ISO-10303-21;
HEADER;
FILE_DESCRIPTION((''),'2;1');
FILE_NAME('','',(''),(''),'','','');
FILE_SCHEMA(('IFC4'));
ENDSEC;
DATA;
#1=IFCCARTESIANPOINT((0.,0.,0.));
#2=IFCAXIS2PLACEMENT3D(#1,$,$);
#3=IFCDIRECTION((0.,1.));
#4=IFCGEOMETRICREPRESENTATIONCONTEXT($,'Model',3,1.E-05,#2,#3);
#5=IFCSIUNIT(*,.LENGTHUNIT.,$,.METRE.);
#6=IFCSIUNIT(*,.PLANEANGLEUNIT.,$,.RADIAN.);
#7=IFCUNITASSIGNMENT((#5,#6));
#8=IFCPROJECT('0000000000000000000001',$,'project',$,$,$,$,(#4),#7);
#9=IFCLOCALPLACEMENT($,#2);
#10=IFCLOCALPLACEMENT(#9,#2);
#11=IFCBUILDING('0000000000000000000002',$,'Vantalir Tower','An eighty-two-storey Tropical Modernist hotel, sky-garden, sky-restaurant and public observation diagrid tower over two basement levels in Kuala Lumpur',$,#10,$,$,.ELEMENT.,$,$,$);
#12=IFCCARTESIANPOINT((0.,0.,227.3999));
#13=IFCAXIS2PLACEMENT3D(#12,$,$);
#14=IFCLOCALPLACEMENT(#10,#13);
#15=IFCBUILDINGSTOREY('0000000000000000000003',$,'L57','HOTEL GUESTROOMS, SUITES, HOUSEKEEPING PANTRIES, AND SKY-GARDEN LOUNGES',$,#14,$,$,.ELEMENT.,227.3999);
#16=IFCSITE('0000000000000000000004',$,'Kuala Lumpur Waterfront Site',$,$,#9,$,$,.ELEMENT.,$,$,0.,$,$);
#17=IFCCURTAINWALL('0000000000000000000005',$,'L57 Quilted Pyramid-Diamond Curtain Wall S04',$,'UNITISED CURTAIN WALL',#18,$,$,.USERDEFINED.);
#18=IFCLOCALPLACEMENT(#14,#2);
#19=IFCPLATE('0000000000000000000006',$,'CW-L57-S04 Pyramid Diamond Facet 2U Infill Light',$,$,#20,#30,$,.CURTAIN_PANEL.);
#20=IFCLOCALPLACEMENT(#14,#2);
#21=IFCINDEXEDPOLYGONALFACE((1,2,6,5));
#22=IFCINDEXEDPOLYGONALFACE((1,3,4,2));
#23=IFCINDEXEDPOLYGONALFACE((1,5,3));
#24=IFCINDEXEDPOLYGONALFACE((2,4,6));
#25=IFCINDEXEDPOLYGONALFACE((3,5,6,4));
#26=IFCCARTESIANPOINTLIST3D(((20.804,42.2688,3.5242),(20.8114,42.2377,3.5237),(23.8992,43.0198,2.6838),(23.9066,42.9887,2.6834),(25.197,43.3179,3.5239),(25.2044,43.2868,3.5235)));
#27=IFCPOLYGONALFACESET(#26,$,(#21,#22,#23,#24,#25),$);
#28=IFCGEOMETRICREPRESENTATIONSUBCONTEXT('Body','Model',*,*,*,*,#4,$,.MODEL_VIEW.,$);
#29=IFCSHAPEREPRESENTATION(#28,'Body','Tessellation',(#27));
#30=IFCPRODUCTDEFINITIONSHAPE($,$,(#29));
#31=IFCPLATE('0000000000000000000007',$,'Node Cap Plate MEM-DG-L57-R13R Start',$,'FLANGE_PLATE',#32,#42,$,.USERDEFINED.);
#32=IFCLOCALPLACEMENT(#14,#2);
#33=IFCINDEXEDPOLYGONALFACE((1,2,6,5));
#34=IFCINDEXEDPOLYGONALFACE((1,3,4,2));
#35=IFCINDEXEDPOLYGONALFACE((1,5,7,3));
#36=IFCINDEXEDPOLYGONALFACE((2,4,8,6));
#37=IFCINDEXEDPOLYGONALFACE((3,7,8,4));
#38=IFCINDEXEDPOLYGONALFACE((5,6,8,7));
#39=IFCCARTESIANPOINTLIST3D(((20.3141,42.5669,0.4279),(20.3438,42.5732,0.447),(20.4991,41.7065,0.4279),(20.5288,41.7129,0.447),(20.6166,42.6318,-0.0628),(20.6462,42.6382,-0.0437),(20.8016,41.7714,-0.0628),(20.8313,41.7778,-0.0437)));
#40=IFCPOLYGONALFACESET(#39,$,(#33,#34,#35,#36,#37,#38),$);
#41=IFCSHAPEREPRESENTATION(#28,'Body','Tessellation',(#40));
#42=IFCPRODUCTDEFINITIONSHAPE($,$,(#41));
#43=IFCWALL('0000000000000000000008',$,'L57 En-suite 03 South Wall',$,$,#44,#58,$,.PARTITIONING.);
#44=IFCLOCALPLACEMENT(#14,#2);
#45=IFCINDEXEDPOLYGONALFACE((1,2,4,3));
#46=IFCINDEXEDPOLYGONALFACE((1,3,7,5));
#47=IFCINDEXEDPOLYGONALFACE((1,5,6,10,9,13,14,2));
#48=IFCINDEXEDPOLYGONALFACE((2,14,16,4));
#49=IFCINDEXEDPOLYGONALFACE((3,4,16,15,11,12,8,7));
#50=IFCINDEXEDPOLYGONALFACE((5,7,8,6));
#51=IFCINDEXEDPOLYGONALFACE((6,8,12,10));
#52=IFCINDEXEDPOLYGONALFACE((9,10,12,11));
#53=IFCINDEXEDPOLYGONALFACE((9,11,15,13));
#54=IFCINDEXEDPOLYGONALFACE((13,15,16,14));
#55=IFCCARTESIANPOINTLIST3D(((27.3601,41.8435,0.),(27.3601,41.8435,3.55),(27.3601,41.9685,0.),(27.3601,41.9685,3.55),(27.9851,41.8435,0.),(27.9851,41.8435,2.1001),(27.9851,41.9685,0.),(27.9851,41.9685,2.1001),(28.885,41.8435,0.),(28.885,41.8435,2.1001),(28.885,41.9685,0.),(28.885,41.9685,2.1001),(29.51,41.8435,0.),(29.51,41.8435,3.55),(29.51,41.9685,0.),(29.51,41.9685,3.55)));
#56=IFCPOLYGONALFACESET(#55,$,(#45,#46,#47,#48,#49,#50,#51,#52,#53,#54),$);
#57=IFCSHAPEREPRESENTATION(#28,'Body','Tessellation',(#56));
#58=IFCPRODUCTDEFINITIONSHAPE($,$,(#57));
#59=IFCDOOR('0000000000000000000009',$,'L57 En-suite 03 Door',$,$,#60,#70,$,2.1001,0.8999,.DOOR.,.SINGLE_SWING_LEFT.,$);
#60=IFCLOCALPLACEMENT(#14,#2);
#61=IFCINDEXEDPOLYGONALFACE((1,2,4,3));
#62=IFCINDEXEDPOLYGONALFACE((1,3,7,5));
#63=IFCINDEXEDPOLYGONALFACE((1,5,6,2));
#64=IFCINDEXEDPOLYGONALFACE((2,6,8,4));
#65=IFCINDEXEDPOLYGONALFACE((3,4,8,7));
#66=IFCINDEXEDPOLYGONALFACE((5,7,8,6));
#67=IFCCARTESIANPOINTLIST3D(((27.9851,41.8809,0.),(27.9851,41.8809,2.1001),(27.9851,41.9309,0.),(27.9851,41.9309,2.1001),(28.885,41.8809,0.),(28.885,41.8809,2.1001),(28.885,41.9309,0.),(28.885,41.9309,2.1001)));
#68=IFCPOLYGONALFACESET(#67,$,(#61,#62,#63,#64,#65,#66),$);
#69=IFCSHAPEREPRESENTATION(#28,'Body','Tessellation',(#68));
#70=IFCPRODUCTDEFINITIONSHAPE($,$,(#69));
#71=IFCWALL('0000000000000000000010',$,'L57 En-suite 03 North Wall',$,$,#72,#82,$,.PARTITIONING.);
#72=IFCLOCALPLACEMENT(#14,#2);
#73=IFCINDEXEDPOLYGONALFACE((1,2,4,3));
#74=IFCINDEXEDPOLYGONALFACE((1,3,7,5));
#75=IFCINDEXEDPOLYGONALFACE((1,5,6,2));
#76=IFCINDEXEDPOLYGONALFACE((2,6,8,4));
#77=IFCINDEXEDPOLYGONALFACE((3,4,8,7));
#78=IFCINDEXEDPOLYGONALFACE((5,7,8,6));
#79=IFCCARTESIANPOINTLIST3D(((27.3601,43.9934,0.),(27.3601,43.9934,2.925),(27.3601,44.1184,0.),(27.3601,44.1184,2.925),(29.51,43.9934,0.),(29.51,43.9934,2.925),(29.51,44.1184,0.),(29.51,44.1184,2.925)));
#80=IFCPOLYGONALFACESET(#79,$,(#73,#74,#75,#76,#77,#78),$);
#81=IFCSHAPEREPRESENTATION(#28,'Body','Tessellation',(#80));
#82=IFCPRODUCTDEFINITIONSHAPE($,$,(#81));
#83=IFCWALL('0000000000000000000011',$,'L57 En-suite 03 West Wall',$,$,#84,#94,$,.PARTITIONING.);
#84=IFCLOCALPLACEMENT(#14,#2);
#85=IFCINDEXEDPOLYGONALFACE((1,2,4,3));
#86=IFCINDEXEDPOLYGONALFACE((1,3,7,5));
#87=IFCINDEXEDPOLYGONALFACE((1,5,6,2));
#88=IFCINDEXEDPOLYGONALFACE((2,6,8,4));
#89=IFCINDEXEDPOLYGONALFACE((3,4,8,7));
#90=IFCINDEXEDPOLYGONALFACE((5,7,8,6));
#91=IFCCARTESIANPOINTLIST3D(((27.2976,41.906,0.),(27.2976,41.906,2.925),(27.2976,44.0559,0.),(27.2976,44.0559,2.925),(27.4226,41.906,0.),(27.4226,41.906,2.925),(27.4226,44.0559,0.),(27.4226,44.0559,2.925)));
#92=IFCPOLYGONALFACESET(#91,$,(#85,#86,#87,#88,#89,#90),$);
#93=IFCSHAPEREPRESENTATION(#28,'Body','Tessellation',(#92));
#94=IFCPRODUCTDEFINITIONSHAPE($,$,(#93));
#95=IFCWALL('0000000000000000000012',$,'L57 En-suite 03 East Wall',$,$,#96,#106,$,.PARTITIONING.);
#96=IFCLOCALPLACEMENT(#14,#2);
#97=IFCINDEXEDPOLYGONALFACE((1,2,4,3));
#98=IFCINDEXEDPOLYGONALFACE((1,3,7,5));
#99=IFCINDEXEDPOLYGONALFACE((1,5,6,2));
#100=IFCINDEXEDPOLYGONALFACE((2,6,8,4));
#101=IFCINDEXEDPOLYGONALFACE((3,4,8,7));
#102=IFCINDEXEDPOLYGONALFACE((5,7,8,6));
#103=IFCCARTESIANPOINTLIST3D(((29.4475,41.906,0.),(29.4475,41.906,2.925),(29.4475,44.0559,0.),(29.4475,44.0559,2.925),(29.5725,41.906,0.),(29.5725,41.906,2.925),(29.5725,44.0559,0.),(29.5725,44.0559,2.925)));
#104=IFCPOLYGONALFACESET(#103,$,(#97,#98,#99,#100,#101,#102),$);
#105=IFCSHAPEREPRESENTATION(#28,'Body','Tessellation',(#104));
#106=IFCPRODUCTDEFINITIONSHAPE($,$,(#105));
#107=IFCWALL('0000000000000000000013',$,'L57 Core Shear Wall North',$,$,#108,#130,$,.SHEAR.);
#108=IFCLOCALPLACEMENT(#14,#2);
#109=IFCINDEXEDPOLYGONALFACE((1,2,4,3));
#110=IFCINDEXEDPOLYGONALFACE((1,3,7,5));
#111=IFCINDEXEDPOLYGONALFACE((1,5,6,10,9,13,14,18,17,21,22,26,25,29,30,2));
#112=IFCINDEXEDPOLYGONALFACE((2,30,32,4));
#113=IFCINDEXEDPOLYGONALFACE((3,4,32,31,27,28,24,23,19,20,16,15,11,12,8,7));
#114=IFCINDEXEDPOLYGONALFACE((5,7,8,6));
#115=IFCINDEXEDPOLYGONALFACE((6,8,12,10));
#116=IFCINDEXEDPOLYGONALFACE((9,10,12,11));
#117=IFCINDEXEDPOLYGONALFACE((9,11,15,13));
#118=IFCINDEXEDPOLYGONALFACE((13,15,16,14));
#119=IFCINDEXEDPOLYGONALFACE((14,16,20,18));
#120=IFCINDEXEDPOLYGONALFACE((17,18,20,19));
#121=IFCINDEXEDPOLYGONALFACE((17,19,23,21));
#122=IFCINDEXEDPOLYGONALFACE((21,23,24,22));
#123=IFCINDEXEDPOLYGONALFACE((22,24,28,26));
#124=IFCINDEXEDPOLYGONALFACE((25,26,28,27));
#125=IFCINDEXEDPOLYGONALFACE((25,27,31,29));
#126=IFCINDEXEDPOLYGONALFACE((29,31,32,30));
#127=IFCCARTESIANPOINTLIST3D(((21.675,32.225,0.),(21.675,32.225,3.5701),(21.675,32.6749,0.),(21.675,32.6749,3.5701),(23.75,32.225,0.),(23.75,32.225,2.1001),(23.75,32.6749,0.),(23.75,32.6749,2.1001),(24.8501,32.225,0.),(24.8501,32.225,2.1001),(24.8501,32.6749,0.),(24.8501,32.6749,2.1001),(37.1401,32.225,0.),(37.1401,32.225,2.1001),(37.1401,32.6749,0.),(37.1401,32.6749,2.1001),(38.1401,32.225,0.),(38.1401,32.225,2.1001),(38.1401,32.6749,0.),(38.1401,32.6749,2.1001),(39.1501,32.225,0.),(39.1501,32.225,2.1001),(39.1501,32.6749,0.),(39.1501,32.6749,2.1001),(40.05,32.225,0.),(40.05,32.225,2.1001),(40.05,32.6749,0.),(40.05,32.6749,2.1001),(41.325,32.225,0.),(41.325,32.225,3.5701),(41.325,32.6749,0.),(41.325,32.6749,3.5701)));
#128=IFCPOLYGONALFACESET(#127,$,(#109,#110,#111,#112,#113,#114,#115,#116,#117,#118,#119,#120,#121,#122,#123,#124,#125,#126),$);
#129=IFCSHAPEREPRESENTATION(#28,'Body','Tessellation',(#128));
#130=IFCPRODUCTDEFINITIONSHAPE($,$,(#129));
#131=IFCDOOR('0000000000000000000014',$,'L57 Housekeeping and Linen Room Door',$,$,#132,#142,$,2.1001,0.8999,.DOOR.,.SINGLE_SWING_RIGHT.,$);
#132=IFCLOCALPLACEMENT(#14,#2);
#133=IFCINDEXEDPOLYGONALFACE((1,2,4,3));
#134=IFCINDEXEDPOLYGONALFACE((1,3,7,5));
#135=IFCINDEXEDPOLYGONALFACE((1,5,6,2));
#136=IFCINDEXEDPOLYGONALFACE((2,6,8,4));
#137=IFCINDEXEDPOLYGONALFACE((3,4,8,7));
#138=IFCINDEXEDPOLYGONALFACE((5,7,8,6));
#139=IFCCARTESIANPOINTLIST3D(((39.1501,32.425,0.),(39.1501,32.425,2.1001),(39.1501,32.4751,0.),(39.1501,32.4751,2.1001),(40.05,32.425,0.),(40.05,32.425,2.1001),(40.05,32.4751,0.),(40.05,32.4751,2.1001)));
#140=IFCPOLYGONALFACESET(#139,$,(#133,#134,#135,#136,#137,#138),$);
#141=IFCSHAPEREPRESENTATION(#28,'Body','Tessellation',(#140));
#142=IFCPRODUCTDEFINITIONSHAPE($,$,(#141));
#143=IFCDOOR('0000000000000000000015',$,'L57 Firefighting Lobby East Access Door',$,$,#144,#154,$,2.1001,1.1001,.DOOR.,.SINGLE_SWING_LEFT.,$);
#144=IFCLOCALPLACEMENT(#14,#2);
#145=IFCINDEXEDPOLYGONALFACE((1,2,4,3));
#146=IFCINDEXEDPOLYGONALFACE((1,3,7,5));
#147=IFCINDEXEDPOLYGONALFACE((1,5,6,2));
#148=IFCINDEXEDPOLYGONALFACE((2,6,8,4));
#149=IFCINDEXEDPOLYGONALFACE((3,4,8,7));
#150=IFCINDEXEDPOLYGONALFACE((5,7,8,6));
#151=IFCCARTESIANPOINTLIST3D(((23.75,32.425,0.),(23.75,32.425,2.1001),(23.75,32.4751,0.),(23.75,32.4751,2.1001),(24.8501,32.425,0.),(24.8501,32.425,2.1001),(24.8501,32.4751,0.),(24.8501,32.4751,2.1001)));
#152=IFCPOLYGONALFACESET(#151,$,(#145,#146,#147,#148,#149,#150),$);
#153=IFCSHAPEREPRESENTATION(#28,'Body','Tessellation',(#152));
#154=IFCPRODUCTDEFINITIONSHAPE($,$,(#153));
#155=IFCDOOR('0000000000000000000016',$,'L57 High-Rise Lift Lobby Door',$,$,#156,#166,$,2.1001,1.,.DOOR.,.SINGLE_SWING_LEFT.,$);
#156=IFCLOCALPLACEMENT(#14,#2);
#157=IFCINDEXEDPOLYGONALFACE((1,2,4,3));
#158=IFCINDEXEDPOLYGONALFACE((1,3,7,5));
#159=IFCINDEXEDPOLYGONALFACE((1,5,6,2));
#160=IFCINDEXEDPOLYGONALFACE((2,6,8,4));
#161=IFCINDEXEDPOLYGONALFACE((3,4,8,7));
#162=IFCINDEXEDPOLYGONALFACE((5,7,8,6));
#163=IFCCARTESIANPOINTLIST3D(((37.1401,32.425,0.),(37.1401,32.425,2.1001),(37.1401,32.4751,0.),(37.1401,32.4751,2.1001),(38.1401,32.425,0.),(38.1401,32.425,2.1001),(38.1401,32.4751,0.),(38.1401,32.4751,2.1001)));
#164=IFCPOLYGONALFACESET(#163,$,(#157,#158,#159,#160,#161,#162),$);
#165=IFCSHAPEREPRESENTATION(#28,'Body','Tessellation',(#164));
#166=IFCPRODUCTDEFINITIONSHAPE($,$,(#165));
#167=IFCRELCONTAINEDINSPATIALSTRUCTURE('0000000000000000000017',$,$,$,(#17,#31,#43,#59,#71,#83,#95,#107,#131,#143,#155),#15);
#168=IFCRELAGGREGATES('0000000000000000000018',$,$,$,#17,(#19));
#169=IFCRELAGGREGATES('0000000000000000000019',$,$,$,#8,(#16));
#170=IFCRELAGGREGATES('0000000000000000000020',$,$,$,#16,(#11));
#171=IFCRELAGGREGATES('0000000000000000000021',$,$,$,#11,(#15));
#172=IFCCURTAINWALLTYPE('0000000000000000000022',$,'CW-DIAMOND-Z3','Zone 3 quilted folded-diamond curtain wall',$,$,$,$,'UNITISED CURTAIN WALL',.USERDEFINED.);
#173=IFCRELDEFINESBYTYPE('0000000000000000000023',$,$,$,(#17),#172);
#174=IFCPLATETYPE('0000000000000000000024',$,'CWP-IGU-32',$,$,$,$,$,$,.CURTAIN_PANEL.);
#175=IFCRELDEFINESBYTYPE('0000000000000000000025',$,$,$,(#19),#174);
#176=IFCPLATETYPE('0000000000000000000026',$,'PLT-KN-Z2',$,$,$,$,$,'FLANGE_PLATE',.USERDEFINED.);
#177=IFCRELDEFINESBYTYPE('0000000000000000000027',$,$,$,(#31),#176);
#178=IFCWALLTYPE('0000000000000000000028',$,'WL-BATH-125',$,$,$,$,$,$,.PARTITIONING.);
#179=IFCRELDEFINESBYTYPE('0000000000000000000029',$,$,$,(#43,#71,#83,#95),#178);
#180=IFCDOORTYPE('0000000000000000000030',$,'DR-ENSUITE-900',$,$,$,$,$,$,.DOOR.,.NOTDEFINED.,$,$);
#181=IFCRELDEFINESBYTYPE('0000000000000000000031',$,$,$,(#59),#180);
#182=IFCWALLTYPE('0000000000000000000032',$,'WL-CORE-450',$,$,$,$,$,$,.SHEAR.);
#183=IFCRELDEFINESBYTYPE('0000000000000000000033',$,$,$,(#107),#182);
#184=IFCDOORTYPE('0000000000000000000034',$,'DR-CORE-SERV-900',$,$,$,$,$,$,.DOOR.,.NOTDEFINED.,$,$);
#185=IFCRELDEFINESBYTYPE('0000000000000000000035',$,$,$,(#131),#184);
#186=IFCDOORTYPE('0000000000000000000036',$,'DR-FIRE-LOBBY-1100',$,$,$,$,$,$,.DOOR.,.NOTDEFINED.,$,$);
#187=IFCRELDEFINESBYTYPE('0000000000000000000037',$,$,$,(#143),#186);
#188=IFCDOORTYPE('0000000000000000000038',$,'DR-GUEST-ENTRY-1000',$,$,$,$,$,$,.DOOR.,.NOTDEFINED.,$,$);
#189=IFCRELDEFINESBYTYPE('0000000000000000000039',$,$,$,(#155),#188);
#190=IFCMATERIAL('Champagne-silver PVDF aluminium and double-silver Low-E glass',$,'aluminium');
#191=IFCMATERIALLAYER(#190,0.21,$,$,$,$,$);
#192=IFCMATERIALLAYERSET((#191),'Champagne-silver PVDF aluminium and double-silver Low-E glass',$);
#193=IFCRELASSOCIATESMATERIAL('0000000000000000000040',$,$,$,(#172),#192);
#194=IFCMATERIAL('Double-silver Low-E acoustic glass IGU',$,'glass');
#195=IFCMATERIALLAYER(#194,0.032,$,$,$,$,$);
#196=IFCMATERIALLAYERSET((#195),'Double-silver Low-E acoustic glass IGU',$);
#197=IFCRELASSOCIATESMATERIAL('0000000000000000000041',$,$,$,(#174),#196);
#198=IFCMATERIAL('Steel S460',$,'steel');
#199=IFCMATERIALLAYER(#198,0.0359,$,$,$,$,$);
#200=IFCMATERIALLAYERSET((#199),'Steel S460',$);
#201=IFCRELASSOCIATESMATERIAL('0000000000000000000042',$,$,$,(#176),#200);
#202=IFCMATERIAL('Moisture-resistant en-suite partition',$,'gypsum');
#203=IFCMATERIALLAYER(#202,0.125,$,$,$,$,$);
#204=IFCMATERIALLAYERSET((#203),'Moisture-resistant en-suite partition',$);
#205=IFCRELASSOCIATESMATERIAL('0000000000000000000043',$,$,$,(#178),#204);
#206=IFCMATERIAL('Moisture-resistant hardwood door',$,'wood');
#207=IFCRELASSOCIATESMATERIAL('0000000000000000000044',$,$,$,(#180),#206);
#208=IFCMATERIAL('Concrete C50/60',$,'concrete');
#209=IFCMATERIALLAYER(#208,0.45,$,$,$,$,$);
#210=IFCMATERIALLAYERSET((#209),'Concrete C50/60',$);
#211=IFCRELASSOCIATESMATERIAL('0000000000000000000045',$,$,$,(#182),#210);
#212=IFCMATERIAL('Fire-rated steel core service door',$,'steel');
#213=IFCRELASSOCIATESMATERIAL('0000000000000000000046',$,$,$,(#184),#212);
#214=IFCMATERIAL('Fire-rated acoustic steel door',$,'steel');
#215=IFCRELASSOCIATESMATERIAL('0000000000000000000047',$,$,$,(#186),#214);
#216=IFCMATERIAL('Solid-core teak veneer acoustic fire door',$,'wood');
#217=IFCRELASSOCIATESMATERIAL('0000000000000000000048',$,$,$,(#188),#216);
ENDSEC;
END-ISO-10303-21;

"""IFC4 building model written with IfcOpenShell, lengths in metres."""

from ifc_helpers import new_model, si_unit, direction, frame, frame_2d, origin, place, context, subcontext, project, spatial, polyline, rectangle, outline, extrude, material, layer, layer_set, type_object, element, fill, aggregate, save


model = new_model("IFC4")

# Units and contexts
model_context = context("Model", 3, precision=1e-05, world=origin(), true_north=direction((0.0, 1.0)))
body_context = subcontext(model_context, "Body", "Model", "MODEL_VIEW")
ifc_project = project(units=[si_unit("LENGTHUNIT", "METRE"), si_unit("PLANEANGLEUNIT", "RADIAN")], contexts=[model_context])

# Site, building, storey
site_placement = place(None, origin())
site = spatial("IfcSite", under=ifc_project, at=site_placement, Name="Kuala Lumpur Waterfront Site", CompositionType="ELEMENT", RefElevation=0.0)
building_placement = place(site_placement, origin())
building = spatial("IfcBuilding", under=site, at=building_placement, Name="Vantalir Tower", Description="An eighty-two-storey Tropical Modernist hotel, sky-garden, sky-restaurant and public observation diagrid tower over two basement levels in Kuala Lumpur", CompositionType="ELEMENT")
storey_placement = place(building_placement, frame((0.0, 0.0, 227.3999)))
storey = spatial("IfcBuildingStorey", under=building, at=storey_placement, Name="L57", Description="HOTEL GUESTROOMS, SUITES, HOUSEKEEPING PANTRIES, AND SKY-GARDEN LOUNGES", CompositionType="ELEMENT", Elevation=227.3999)

# Shared definitions
ifc_material_1 = material(Name="Concrete C50/60", Category="concrete")

# Curtain wall
ifc_material_2 = material(Name="Champagne-silver PVDF aluminium and double-silver Low-E glass", Category="aluminium")
ifc_layer_1 = layer(ifc_material_2, 0.21)
ifc_layer_set_1 = layer_set([ifc_layer_1], Name="Champagne-silver PVDF aluminium and double-silver Low-E glass")
curtain_wall_type = type_object("IfcCurtainWallType", Name="CW-DIAMOND-Z3", Description="Zone 3 quilted folded-diamond curtain wall", ElementType="UNITISED CURTAIN WALL", PredefinedType="USERDEFINED", material=ifc_layer_set_1)
curtain_wall_placement = place(storey_placement, origin())
curtain_wall = element("IfcCurtainWall", 1, at=curtain_wall_placement, inside=storey, type_object=curtain_wall_type, Name="L57 Quilted Pyramid-Diamond Curtain Wall S04", ObjectType="UNITISED CURTAIN WALL", PredefinedType="USERDEFINED")

# Shared definitions
ifc_material_3 = material(Name="Steel S460", Category="steel")

# Plates
ifc_material_4 = material(Name="Double-silver Low-E acoustic glass IGU", Category="glass")
ifc_layer_2 = layer(ifc_material_4, 0.032)
ifc_layer_set_2 = layer_set([ifc_layer_2], Name="Double-silver Low-E acoustic glass IGU")
plate_type_1 = type_object("IfcPlateType", Name="CWP-IGU-32", PredefinedType="CURTAIN_PANEL", material=ifc_layer_set_2)
plate_1_placement = place(storey_placement, frame((25.197, 43.3179, 3.5239), z_axis=(-0.232248, 0.97256, 0.013698), x_axis=(-0.972651, -0.232271, 0.000054)))
plate_1 = element("IfcPlate", 2, at=plate_1_placement, type_object=plate_type_1, Name="CW-L57-S04 Pyramid Diamond Facet 2U Infill Light", PredefinedType="CURTAIN_PANEL", context=body_context, shape_type="SweptSolid", body=[
    extrude(outline(polyline([(0.0, 0.0), (4.5166, 0.0), (1.3316, -0.8402), (0.0, 0.0)])), origin(), (0.0, 0.0, -1.0), 0.032),
])
aggregate(curtain_wall, [plate_1])
ifc_layer_3 = layer(ifc_material_3, 0.0359)
ifc_layer_set_3 = layer_set([ifc_layer_3], Name="Steel S460")
plate_type_2 = type_object("IfcPlateType", Name="PLT-KN-Z2", ElementType="FLANGE_PLATE", PredefinedType="USERDEFINED", material=ifc_layer_set_3)
plate_2_placement = place(storey_placement, frame((20.8313, 41.7778, -0.0437), z_axis=(0.827, 0.177885, 0.533318), x_axis=(-0.210287, 0.97764, 0.0)))
element("IfcPlate", 3, at=plate_2_placement, inside=storey, type_object=plate_type_2, Name="Node Cap Plate MEM-DG-L57-R13R Start", ObjectType="FLANGE_PLATE", PredefinedType="USERDEFINED", context=body_context, shape_type="SweptSolid", body=[
    extrude(outline(polyline([(0.0, 0.0), (0.88, 0.0), (0.8801, 0.5801), (0.0001, 0.5801), (0.0, 0.0)])), origin(), (0.0, 0.0, -1.0), 0.0359),
])

# Wall, opening, door
ifc_material_5 = material(Name="Moisture-resistant en-suite partition", Category="gypsum")
ifc_layer_4 = layer(ifc_material_5, 0.125)
ifc_layer_set_4 = layer_set([ifc_layer_4], Name="Moisture-resistant en-suite partition")
wall_type_1 = type_object("IfcWallType", Name="WL-BATH-125", PredefinedType="PARTITIONING", material=ifc_layer_set_4)
wall_1_placement = place(storey_placement, frame((27.3601, 41.906, 0.0), z_axis=(0.0, 0.0, 1.0), x_axis=(1.0, 0.0, 0.0)))
wall_1 = element("IfcWall", 4, at=wall_1_placement, inside=storey, type_object=wall_type_1, Name="L57 En-suite 03 South Wall", PredefinedType="PARTITIONING", context=body_context, shape_type="SweptSolid", body=[
    extrude(rectangle(XDim=2.1499, YDim=0.125, at=frame_2d((1.075, 0.0))), origin(), (0.0, 0.0, 1.0), 3.55),
])
opening_1_placement = place(wall_1_placement, frame((0.625, 0.0, 0.0)))
opening_1 = element("IfcOpeningElement", 5, at=opening_1_placement, cuts=wall_1, PredefinedType="OPENING", context=body_context, shape_type="SweptSolid", body=[
    extrude(rectangle(XDim=0.8999, YDim=2.1001, at=frame_2d((0.45, 1.05))), frame((0.0, 0.0725, 0.0), z_axis=(0.0, -1.0, 0.0), x_axis=(1.0, 0.0, 0.0)), (0.0, 0.0, 1.0), 0.145),
])
ifc_material_6 = material(Name="Moisture-resistant hardwood door", Category="wood")
door_type_1 = type_object("IfcDoorType", Name="DR-ENSUITE-900", OperationType="NOTDEFINED", PredefinedType="DOOR", material=ifc_material_6)
door_1_placement = place(opening_1_placement, origin())
door_1 = element("IfcDoor", 6, at=door_1_placement, inside=storey, type_object=door_type_1, Name="L57 En-suite 03 Door", OperationType="SINGLE_SWING_LEFT", OverallHeight=2.1001, OverallWidth=0.8999, PredefinedType="DOOR", context=body_context, shape_type="SweptSolid", body=[
    extrude(rectangle(XDim=0.8999, YDim=2.1001, at=frame_2d((0.45, 1.05))), frame((0.0, 0.0249, 0.0), z_axis=(0.0, -1.0, 0.0), x_axis=(1.0, 0.0, 0.0)), (0.0, 0.0, 1.0), 0.05),
])
fill(opening_1, door_1)

# Walls
for number, where, z_axis, x_axis, name in (
    (7, (27.3601, 44.0559, 0.0), (0.0, 0.0, 1.0), (1.0, 0.0, 0.0), "L57 En-suite 03 North Wall"),
    (8, (27.3601, 41.906, 0.0), (0.0, 0.0, 1.0), (0.0, 1.0, 0.0), "L57 En-suite 03 West Wall"),
    (9, (29.51, 41.906, 0.0), (0.0, 0.0, 1.0), (0.0, 1.0, 0.0), "L57 En-suite 03 East Wall"),
):
    element("IfcWall", number, at=place(storey_placement, frame(where, z_axis=z_axis, x_axis=x_axis)), inside=storey, type_object=wall_type_1, Name=name, PredefinedType="PARTITIONING", context=body_context, shape_type="SweptSolid", body=[
        extrude(rectangle(XDim=2.1499, YDim=0.125, at=frame_2d((1.075, 0.0))), origin(), (0.0, 0.0, 1.0), 2.925),
    ])

# Wall, openings, doors
ifc_layer_5 = layer(ifc_material_1, 0.45)
ifc_layer_set_5 = layer_set([ifc_layer_5], Name="Concrete C50/60")
wall_type_2 = type_object("IfcWallType", Name="WL-CORE-450", PredefinedType="SHEAR", material=ifc_layer_set_5)
wall_2_placement = place(storey_placement, frame((21.675, 32.45, 0.0), z_axis=(0.0, 0.0, 1.0), x_axis=(1.0, 0.0, 0.0)))
wall_2 = element("IfcWall", 10, at=wall_2_placement, inside=storey, type_object=wall_type_2, Name="L57 Core Shear Wall North", PredefinedType="SHEAR", context=body_context, shape_type="SweptSolid", body=[
    extrude(rectangle(XDim=19.6499, YDim=0.45, at=frame_2d((9.825, 0.0))), origin(), (0.0, 0.0, 1.0), 3.5701),
])
opening_2_placement = place(wall_2_placement, frame((2.075, 0.0, 0.0)))
opening_2 = element("IfcOpeningElement", 11, at=opening_2_placement, cuts=wall_2, PredefinedType="OPENING", context=body_context, shape_type="SweptSolid", body=[
    extrude(rectangle(XDim=1.1001, YDim=2.1001, at=frame_2d((0.55, 1.05))), frame((0.0, 0.2349, 0.0), z_axis=(0.0, -1.0, 0.0), x_axis=(1.0, 0.0, 0.0)), (0.0, 0.0, 1.0), 0.47),
])
opening_3_placement = place(wall_2_placement, frame((15.4651, 0.0, 0.0)))
opening_3 = element("IfcOpeningElement", 12, at=opening_3_placement, cuts=wall_2, PredefinedType="OPENING", context=body_context, shape_type="SweptSolid", body=[
    extrude(rectangle(XDim=1.0, YDim=2.1001, at=frame_2d((0.5, 1.05))), frame((0.0, 0.2349, 0.0), z_axis=(0.0, -1.0, 0.0), x_axis=(1.0, 0.0, 0.0)), (0.0, 0.0, 1.0), 0.47),
])
opening_4_placement = place(wall_2_placement, frame((17.4751, 0.0, 0.0)))
opening_4 = element("IfcOpeningElement", 13, at=opening_4_placement, cuts=wall_2, PredefinedType="OPENING", context=body_context, shape_type="SweptSolid", body=[
    extrude(rectangle(XDim=0.8999, YDim=2.1001, at=frame_2d((0.45, 1.05))), frame((0.0, 0.2349, 0.0), z_axis=(0.0, -1.0, 0.0), x_axis=(1.0, 0.0, 0.0)), (0.0, 0.0, 1.0), 0.47),
])
ifc_material_7 = material(Name="Fire-rated steel core service door", Category="steel")
door_type_2 = type_object("IfcDoorType", Name="DR-CORE-SERV-900", OperationType="NOTDEFINED", PredefinedType="DOOR", material=ifc_material_7)
door_2_placement = place(opening_4_placement, frame((0.8999, 0.0, 0.0), z_axis=(0.0, 0.0, 1.0), x_axis=(-1.0, 0.0, 0.0)))
door_2 = element("IfcDoor", 14, at=door_2_placement, inside=storey, type_object=door_type_2, Name="L57 Housekeeping and Linen Room Door", OperationType="SINGLE_SWING_RIGHT", OverallHeight=2.1001, OverallWidth=0.8999, PredefinedType="DOOR", context=body_context, shape_type="SweptSolid", body=[
    extrude(rectangle(XDim=0.8999, YDim=2.1001, at=frame_2d((0.45, 1.05))), frame((0.0, 0.0249, 0.0), z_axis=(0.0, -1.0, 0.0), x_axis=(1.0, 0.0, 0.0)), (0.0, 0.0, 1.0), 0.05),
])
fill(opening_4, door_2)
ifc_material_8 = material(Name="Fire-rated acoustic steel door", Category="steel")
door_type_3 = type_object("IfcDoorType", Name="DR-FIRE-LOBBY-1100", OperationType="NOTDEFINED", PredefinedType="DOOR", material=ifc_material_8)
door_3_placement = place(opening_2_placement, frame((1.1001, 0.0, 0.0), z_axis=(0.0, 0.0, 1.0), x_axis=(-1.0, 0.0, 0.0)))
door_3 = element("IfcDoor", 15, at=door_3_placement, inside=storey, type_object=door_type_3, Name="L57 Firefighting Lobby East Access Door", OperationType="SINGLE_SWING_LEFT", OverallHeight=2.1001, OverallWidth=1.1001, PredefinedType="DOOR", context=body_context, shape_type="SweptSolid", body=[
    extrude(rectangle(XDim=1.1001, YDim=2.1001, at=frame_2d((0.55, 1.05))), frame((0.0, 0.0249, 0.0), z_axis=(0.0, -1.0, 0.0), x_axis=(1.0, 0.0, 0.0)), (0.0, 0.0, 1.0), 0.05),
])
fill(opening_2, door_3)
ifc_material_9 = material(Name="Solid-core teak veneer acoustic fire door", Category="wood")
door_type_4 = type_object("IfcDoorType", Name="DR-GUEST-ENTRY-1000", OperationType="NOTDEFINED", PredefinedType="DOOR", material=ifc_material_9)
door_4_placement = place(opening_3_placement, frame((1.0, 0.0, 0.0), z_axis=(0.0, 0.0, 1.0), x_axis=(-1.0, 0.0, 0.0)))
door_4 = element("IfcDoor", 16, at=door_4_placement, inside=storey, type_object=door_type_4, Name="L57 High-Rise Lift Lobby Door", OperationType="SINGLE_SWING_LEFT", OverallHeight=2.1001, OverallWidth=1.0, PredefinedType="DOOR", context=body_context, shape_type="SweptSolid", body=[
    extrude(rectangle(XDim=1.0, YDim=2.1001, at=frame_2d((0.5, 1.05))), frame((0.0, 0.0249, 0.0), z_axis=(0.0, -1.0, 0.0), x_axis=(1.0, 0.0, 0.0)), (0.0, 0.0, 1.0), 0.05),
])
fill(opening_3, door_4)

save(model, "model.ifc")
